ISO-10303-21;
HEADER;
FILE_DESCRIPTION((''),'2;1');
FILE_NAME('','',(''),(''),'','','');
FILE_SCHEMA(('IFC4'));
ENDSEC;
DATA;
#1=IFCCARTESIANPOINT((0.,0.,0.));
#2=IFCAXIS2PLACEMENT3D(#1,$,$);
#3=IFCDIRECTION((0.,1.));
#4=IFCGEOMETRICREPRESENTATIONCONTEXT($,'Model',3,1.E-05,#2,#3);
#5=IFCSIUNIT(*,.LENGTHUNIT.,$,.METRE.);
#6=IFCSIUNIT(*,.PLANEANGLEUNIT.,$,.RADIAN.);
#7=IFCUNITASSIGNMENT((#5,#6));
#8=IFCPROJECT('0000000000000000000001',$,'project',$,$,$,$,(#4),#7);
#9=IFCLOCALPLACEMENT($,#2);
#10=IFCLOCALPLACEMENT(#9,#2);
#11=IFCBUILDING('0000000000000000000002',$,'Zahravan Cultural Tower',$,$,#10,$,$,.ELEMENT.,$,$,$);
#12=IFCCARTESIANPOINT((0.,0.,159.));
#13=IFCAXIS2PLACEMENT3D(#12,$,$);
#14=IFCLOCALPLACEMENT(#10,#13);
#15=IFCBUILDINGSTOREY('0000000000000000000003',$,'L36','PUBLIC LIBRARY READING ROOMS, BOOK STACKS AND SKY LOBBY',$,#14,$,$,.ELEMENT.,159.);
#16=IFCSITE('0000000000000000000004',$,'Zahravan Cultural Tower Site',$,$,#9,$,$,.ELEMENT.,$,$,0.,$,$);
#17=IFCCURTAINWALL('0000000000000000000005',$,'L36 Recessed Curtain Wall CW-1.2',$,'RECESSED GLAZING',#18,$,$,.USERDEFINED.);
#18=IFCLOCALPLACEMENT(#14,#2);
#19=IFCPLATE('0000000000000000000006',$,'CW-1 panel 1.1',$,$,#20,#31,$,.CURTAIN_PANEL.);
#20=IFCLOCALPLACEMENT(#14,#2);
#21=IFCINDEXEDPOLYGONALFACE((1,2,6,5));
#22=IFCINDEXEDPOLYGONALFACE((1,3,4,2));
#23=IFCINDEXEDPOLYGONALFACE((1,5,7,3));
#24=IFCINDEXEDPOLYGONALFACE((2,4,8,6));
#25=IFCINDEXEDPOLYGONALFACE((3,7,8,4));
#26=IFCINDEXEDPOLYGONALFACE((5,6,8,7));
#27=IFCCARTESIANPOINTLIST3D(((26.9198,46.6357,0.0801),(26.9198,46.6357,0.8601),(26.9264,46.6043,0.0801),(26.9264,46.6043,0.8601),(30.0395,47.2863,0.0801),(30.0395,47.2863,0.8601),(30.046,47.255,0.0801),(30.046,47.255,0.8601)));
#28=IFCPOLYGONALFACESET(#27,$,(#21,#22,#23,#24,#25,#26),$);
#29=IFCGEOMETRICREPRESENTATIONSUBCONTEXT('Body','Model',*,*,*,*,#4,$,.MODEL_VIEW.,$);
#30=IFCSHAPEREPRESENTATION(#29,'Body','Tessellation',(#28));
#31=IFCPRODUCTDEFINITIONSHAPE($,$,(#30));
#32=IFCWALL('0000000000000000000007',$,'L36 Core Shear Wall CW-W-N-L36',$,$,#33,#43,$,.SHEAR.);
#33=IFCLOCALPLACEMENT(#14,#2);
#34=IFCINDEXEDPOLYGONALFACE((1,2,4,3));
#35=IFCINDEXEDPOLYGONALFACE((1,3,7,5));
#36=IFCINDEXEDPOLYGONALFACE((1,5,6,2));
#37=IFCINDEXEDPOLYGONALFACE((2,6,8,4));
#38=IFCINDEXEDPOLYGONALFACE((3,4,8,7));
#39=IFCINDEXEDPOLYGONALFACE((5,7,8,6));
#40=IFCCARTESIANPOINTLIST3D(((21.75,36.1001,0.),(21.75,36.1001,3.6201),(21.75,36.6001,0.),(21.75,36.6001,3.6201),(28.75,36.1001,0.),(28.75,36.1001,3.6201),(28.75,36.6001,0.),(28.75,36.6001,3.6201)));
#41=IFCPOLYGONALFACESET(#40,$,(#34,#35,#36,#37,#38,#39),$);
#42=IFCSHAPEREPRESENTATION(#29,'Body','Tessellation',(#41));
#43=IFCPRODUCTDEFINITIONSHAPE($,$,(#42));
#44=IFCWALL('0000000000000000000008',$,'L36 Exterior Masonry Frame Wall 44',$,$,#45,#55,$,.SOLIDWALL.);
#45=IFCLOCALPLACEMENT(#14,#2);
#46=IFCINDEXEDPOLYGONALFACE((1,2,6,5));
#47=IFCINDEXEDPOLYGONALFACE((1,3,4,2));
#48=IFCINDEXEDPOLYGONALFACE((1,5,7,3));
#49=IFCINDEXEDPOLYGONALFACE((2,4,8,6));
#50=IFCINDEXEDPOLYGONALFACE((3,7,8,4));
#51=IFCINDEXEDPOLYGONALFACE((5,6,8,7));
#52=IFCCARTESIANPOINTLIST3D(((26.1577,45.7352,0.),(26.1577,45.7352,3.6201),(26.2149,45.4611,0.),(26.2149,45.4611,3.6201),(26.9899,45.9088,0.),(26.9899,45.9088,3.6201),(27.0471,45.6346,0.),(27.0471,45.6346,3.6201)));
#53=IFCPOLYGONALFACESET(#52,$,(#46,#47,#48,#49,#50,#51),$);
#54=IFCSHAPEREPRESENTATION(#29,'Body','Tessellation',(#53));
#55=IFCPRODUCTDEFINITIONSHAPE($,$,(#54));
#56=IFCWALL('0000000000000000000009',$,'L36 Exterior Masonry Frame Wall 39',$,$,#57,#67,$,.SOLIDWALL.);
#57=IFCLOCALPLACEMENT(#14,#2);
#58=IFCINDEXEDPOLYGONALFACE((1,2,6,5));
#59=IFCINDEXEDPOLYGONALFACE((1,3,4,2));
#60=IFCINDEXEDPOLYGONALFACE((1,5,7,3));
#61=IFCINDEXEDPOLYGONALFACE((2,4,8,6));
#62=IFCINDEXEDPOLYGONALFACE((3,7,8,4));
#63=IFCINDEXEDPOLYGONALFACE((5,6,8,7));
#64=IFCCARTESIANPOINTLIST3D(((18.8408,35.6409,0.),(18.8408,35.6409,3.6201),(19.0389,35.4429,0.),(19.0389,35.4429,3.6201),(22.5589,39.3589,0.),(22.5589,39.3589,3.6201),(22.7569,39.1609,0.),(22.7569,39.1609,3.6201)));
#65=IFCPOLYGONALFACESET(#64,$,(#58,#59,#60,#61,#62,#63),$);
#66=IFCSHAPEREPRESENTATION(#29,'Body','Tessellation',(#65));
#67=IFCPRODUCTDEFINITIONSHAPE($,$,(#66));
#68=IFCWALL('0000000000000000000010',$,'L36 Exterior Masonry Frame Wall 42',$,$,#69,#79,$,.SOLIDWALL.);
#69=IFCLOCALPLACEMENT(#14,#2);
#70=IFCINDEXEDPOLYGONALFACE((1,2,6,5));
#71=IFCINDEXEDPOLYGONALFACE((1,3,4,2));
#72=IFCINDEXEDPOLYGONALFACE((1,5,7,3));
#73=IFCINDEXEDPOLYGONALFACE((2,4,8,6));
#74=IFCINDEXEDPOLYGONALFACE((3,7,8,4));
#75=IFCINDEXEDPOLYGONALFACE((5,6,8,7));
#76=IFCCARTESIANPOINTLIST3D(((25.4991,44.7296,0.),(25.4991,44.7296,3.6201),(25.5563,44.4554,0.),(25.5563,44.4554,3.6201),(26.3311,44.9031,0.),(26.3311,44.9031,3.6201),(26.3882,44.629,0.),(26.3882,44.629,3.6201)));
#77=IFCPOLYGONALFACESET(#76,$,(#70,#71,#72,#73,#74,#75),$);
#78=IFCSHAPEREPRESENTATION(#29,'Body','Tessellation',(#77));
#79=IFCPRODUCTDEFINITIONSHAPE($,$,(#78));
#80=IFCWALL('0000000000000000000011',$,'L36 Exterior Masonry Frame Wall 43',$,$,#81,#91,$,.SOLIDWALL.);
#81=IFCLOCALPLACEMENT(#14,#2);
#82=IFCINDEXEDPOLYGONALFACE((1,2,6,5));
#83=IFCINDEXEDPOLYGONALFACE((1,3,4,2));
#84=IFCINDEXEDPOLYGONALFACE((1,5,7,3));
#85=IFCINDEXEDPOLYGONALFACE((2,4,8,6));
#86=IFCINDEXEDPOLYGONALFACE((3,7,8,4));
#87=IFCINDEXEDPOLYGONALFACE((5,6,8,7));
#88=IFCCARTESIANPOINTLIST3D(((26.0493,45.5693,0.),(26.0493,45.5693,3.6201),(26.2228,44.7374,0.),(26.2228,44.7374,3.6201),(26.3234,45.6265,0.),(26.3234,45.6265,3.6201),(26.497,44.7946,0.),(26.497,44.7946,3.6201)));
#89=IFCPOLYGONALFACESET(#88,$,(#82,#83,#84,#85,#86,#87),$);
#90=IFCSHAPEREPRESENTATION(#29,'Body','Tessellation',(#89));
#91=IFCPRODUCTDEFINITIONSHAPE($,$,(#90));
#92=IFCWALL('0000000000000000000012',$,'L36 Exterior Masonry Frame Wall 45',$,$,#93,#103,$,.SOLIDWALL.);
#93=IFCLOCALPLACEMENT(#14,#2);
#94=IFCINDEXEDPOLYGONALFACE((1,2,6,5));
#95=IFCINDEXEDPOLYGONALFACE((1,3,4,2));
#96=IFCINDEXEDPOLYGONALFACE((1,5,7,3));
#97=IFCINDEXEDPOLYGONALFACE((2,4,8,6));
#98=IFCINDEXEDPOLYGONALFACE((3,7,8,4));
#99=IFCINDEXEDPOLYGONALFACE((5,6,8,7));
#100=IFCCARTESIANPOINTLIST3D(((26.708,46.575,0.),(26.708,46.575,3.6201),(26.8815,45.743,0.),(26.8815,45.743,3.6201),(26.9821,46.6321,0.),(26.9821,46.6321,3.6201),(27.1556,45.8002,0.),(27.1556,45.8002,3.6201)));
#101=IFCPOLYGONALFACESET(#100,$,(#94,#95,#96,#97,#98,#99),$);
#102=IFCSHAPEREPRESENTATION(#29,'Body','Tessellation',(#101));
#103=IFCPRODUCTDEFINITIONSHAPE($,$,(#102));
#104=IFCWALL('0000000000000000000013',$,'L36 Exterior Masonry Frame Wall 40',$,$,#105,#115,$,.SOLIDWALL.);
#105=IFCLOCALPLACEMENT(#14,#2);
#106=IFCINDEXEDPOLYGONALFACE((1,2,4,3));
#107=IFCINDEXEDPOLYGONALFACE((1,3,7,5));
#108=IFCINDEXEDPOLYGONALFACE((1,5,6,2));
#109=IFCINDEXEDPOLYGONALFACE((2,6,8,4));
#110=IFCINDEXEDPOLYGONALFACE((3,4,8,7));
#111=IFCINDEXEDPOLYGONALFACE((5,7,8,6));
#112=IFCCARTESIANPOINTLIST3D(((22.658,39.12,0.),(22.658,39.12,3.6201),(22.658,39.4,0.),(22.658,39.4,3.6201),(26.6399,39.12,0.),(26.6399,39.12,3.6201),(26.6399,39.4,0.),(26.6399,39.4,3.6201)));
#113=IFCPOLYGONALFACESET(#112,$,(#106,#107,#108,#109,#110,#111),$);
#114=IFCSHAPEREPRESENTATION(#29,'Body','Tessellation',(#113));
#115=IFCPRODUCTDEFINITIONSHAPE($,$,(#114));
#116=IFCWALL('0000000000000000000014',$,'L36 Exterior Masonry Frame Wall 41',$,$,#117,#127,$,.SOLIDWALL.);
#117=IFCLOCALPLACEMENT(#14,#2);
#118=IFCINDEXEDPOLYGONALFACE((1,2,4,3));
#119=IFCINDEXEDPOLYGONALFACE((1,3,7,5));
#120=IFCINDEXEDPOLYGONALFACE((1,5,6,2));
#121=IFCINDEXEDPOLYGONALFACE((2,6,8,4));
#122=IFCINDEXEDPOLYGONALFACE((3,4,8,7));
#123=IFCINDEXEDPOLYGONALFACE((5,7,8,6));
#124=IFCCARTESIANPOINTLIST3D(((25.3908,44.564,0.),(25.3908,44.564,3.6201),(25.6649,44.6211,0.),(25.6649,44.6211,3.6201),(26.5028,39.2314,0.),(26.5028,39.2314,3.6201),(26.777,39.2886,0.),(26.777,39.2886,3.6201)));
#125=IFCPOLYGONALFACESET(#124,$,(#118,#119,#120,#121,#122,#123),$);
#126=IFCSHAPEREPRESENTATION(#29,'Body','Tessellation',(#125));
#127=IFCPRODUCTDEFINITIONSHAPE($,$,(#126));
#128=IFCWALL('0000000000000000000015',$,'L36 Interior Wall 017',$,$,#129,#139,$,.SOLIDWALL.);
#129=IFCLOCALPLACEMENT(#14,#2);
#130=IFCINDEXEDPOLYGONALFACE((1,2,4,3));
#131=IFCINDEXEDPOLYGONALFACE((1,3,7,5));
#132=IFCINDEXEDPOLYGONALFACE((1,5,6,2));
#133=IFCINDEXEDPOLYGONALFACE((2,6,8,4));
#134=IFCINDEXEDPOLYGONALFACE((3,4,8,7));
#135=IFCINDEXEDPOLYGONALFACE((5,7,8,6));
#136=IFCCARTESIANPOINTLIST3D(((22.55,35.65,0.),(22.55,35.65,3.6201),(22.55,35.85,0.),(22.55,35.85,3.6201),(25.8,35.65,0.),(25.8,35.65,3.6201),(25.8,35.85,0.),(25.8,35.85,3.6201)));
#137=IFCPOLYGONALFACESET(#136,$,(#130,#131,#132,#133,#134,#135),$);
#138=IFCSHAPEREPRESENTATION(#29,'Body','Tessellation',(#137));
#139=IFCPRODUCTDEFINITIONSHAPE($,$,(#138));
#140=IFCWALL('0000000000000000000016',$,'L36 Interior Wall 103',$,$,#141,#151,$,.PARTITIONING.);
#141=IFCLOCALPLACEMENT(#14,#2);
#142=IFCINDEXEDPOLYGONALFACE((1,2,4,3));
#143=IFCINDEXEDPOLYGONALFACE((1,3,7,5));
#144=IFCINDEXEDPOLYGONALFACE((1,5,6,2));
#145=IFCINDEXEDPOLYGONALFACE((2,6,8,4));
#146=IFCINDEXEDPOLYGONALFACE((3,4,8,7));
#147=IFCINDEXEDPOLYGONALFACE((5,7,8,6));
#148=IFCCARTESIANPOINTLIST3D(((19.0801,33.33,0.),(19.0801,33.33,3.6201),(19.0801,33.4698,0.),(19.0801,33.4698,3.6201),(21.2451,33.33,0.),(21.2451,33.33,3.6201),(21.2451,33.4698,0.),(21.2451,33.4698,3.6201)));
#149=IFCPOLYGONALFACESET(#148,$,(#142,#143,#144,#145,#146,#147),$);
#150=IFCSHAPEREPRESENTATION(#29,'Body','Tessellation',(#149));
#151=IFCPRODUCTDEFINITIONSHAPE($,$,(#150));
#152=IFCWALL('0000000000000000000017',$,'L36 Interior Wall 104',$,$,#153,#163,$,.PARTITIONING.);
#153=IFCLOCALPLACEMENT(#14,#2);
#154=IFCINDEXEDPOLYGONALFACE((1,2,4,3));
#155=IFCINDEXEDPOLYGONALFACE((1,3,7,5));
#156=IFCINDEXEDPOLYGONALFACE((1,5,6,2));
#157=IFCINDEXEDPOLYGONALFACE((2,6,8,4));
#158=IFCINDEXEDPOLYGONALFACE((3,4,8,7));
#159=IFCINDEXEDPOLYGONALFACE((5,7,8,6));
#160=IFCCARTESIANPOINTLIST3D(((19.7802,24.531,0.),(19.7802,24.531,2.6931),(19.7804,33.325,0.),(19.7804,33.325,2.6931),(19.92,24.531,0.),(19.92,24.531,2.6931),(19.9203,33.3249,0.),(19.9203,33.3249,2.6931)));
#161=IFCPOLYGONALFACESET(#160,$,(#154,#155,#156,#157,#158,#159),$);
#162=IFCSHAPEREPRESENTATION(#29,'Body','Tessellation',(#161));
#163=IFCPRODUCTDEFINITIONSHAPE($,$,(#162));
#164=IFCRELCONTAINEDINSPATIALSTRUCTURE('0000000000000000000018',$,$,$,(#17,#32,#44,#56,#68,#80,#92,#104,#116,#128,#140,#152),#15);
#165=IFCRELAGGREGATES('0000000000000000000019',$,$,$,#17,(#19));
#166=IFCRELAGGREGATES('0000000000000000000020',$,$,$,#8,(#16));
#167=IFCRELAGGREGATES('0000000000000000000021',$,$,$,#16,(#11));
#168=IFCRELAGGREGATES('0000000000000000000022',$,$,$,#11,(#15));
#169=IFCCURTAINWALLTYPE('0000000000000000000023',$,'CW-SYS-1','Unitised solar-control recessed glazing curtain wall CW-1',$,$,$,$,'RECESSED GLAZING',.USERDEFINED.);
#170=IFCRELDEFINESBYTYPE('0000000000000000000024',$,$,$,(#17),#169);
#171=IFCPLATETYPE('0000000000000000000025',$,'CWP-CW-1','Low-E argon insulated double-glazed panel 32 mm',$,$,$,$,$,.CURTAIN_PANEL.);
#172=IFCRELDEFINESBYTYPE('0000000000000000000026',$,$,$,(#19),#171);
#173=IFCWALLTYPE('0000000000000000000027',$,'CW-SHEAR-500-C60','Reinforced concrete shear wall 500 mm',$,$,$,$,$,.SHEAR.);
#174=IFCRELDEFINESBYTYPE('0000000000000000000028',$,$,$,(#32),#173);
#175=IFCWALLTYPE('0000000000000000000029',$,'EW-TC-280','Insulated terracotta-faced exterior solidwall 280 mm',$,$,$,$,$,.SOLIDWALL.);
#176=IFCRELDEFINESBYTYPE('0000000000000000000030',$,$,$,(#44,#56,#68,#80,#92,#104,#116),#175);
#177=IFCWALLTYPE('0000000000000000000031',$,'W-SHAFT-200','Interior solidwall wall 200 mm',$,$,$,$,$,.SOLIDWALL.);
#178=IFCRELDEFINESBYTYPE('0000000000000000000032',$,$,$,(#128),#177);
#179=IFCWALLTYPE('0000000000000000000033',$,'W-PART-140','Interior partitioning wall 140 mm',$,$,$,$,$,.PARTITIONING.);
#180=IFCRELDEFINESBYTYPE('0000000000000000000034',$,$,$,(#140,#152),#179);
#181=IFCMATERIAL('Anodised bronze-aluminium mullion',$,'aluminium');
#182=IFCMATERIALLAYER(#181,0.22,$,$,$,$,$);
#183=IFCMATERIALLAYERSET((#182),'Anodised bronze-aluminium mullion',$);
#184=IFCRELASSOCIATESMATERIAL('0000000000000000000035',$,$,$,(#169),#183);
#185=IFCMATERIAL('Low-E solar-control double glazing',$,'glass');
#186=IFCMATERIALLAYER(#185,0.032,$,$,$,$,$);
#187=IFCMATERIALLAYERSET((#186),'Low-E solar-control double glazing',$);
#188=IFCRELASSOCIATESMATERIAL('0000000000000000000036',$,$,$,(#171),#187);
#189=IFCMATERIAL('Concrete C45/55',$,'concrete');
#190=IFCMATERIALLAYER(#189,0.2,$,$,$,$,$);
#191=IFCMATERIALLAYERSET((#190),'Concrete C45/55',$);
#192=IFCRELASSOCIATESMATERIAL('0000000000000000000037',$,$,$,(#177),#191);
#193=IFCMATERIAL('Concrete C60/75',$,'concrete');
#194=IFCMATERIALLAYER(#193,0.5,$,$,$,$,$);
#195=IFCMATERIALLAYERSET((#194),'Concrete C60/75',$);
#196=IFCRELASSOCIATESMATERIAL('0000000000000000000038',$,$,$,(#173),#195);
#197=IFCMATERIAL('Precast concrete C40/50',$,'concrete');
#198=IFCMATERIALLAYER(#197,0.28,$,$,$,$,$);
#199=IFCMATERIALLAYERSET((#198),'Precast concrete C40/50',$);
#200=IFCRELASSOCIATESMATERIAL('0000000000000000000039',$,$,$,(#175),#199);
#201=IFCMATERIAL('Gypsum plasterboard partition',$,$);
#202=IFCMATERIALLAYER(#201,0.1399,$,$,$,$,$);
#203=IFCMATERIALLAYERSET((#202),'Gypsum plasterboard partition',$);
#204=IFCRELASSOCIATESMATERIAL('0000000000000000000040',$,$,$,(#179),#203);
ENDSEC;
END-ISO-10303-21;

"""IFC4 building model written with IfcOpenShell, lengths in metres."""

from ifc_helpers import new_model, si_unit, direction, frame, frame_2d, origin, origin_2d, place, context, subcontext, project, spatial, rectangle, extrude, source, transform, mapped, material, layer, layer_set, type_object, element, aggregate, save


model = new_model("IFC4")

# Units and contexts
model_context = context("Model", 3, precision=1e-05, world=origin(), true_north=direction((0.0, 1.0)))
body_context = subcontext(model_context, "Body", "Model", "MODEL_VIEW")
ifc_project = project(units=[si_unit("LENGTHUNIT", "METRE"), si_unit("PLANEANGLEUNIT", "RADIAN")], contexts=[model_context])

# Site, building, storey
site_placement = place(None, origin())
site = spatial("IfcSite", under=ifc_project, at=site_placement, Name="Zahravan Cultural Tower Site", CompositionType="ELEMENT", RefElevation=0.0)
building_placement = place(site_placement, origin())
building = spatial("IfcBuilding", under=site, at=building_placement, Name="Zahravan Cultural Tower", CompositionType="ELEMENT")
storey_placement = place(building_placement, frame((0.0, 0.0, 159.0)))
storey = spatial("IfcBuildingStorey", under=building, at=storey_placement, Name="L36", Description="PUBLIC LIBRARY READING ROOMS, BOOK STACKS AND SKY LOBBY", CompositionType="ELEMENT", Elevation=159.0)

# Curtain wall, plate
ifc_material_1 = material(Name="Anodised bronze-aluminium mullion", Category="aluminium")
ifc_layer_1 = layer(ifc_material_1, 0.22)
ifc_layer_set_1 = layer_set([ifc_layer_1], Name="Anodised bronze-aluminium mullion")
curtain_wall_type = type_object("IfcCurtainWallType", Name="CW-SYS-1", Description="Unitised solar-control recessed glazing curtain wall CW-1", ElementType="RECESSED GLAZING", PredefinedType="USERDEFINED", material=ifc_layer_set_1)
curtain_wall_placement = place(storey_placement, origin())
curtain_wall = element("IfcCurtainWall", 1, at=curtain_wall_placement, inside=storey, type_object=curtain_wall_type, Name="L36 Recessed Curtain Wall CW-1.2", ObjectType="RECESSED GLAZING", PredefinedType="USERDEFINED")
ifc_material_2 = material(Name="Low-E solar-control double glazing", Category="glass")
ifc_layer_2 = layer(ifc_material_2, 0.032)
ifc_layer_set_2 = layer_set([ifc_layer_2], Name="Low-E solar-control double glazing")
plate_type = type_object("IfcPlateType", Name="CWP-CW-1", Description="Low-E argon insulated double-glazed panel 32 mm", PredefinedType="CURTAIN_PANEL", material=ifc_layer_set_2)
shared_shape_1 = source(origin(), body_context, "Body", "SweptSolid", [
    extrude(rectangle(XDim=3.1868, YDim=0.032, at=origin_2d()), origin(), (0.0, 0.0, 1.0), 0.78),
])
plate_placement = place(storey_placement, frame((28.4829, 46.9453, 0.0801), z_axis=(0.0, 0.0, 1.0), x_axis=(0.978937, 0.204162, 0.0)))
plate = element("IfcPlate", 2, at=plate_placement, type_object=plate_type, Name="CW-1 panel 1.1", PredefinedType="CURTAIN_PANEL", context=body_context, shape_type="MappedRepresentation", body=[
    mapped(shared_shape_1, transform((0.0, 0.0, 0.0), x_axis=(1.0, 0.0, 0.0), y_axis=(0.0, 1.0, 0.0), z_axis=(0.0, 0.0, 1.0), scale=1.0)),
])
aggregate(curtain_wall, [plate])

# Shared definitions
ifc_material_3 = material(Name="Concrete C45/55", Category="concrete")
ifc_layer_3 = layer(ifc_material_3, 0.2)
ifc_layer_set_3 = layer_set([ifc_layer_3], Name="Concrete C45/55")
wall_type_1 = type_object("IfcWallType", Name="W-SHAFT-200", Description="Interior solidwall wall 200 mm", PredefinedType="SOLIDWALL", material=ifc_layer_set_3)

# Walls
ifc_material_4 = material(Name="Concrete C60/75", Category="concrete")
ifc_layer_4 = layer(ifc_material_4, 0.5)
ifc_layer_set_4 = layer_set([ifc_layer_4], Name="Concrete C60/75")
wall_type_2 = type_object("IfcWallType", Name="CW-SHEAR-500-C60", Description="Reinforced concrete shear wall 500 mm", PredefinedType="SHEAR", material=ifc_layer_set_4)
shared_shape_2 = source(origin(), body_context, "Body", "SweptSolid", [
    extrude(rectangle(XDim=7.0, YDim=0.5, at=frame_2d((3.5, 0.0))), origin(), (0.0, 0.0, 1.0), 3.6201),
])
wall_1_placement = place(storey_placement, frame((21.75, 36.3501, 0.0), z_axis=(0.0, 0.0, 1.0), x_axis=(1.0, 0.0, 0.0)))
element("IfcWall", 3, at=wall_1_placement, inside=storey, type_object=wall_type_2, Name="L36 Core Shear Wall CW-W-N-L36", PredefinedType="SHEAR", context=body_context, shape_type="MappedRepresentation", body=[
    mapped(shared_shape_2, transform((0.0, 0.0, 0.0), x_axis=(1.0, 0.0, 0.0), y_axis=(0.0, 1.0, 0.0), z_axis=(0.0, 0.0, 1.0), scale=1.0)),
])
ifc_material_5 = material(Name="Precast concrete C40/50", Category="concrete")
ifc_layer_5 = layer(ifc_material_5, 0.28)
ifc_layer_set_5 = layer_set([ifc_layer_5], Name="Precast concrete C40/50")
wall_type_3 = type_object("IfcWallType", Name="EW-TC-280", Description="Insulated terracotta-faced exterior solidwall 280 mm", PredefinedType="SOLIDWALL", material=ifc_layer_set_5)
shared_shape_3 = source(origin(), body_context, "Body", "SweptSolid", [
    extrude(rectangle(XDim=0.8501, YDim=0.28, at=frame_2d((0.425, 0.0))), origin(), (0.0, 0.0, 1.0), 3.6201),
])
wall_2_placement = place(storey_placement, frame((26.1863, 45.5981, 0.0), z_axis=(0.0, 0.0, 1.0), x_axis=(0.978935, 0.204172, 0.0)))
element("IfcWall", 4, at=wall_2_placement, inside=storey, type_object=wall_type_3, Name="L36 Exterior Masonry Frame Wall 44", PredefinedType="SOLIDWALL", context=body_context, shape_type="MappedRepresentation", body=[
    mapped(shared_shape_3, transform((0.0, 0.0, 0.0), x_axis=(1.0, 0.0, 0.0), y_axis=(0.0, 1.0, 0.0), z_axis=(0.0, 0.0, 1.0), scale=1.0)),
])
shared_shape_4 = source(origin(), body_context, "Body", "SweptSolid", [
    extrude(rectangle(XDim=5.2581, YDim=0.28, at=frame_2d((2.6289, 0.0))), origin(), (0.0, 0.0, 1.0), 3.6201),
])
wall_3_placement = place(storey_placement, frame((18.9399, 35.542, 0.0), z_axis=(0.0, 0.0, 1.0), x_axis=(0.707107, 0.707107, 0.0)))
element("IfcWall", 5, at=wall_3_placement, inside=storey, type_object=wall_type_3, Name="L36 Exterior Masonry Frame Wall 39", PredefinedType="SOLIDWALL", context=body_context, shape_type="MappedRepresentation", body=[
    mapped(shared_shape_4, transform((0.0, 0.0, 0.0), x_axis=(1.0, 0.0, 0.0), y_axis=(0.0, 1.0, 0.0), z_axis=(0.0, 0.0, 1.0), scale=1.0)),
])
shared_shape_5 = source(origin(), body_context, "Body", "SweptSolid", [
    extrude(rectangle(XDim=0.8499, YDim=0.28, at=frame_2d((0.4248, 0.0))), origin(), (0.0, 0.0, 1.0), 3.6201),
])
for number, where, z_axis, x_axis, name in (
    (6, (25.5278, 44.5925, 0.0), (0.0, 0.0, 1.0), (0.978923, 0.20423, 0.0), "L36 Exterior Masonry Frame Wall 42"),
    (7, (26.3599, 44.7661, 0.0), (0.0, 0.0, 1.0), (-0.20423, 0.978923, 0.0), "L36 Exterior Masonry Frame Wall 43"),
    (8, (27.0186, 45.7717, 0.0), (0.0, 0.0, 1.0), (-0.20423, 0.978923, 0.0), "L36 Exterior Masonry Frame Wall 45"),
):
    element("IfcWall", number, at=place(storey_placement, frame(where, z_axis=z_axis, x_axis=x_axis)), inside=storey, type_object=wall_type_3, Name=name, PredefinedType="SOLIDWALL", context=body_context, shape_type="MappedRepresentation", body=[
        mapped(shared_shape_5, transform((0.0, 0.0, 0.0), x_axis=(1.0, 0.0, 0.0), y_axis=(0.0, 1.0, 0.0), z_axis=(0.0, 0.0, 1.0), scale=1.0)),
    ])
shared_shape_6 = source(origin(), body_context, "Body", "SweptSolid", [
    extrude(rectangle(XDim=3.9819, YDim=0.28, at=frame_2d((1.991, 0.0))), origin(), (0.0, 0.0, 1.0), 3.6201),
])
wall_4_placement = place(storey_placement, frame((22.658, 39.26, 0.0), z_axis=(0.0, 0.0, 1.0), x_axis=(1.0, 0.0, 0.0)))
element("IfcWall", 9, at=wall_4_placement, inside=storey, type_object=wall_type_3, Name="L36 Exterior Masonry Frame Wall 40", PredefinedType="SOLIDWALL", context=body_context, shape_type="MappedRepresentation", body=[
    mapped(shared_shape_6, transform((0.0, 0.0, 0.0), x_axis=(1.0, 0.0, 0.0), y_axis=(0.0, 1.0, 0.0), z_axis=(0.0, 0.0, 1.0), scale=1.0)),
])
shared_shape_7 = source(origin(), body_context, "Body", "SweptSolid", [
    extrude(rectangle(XDim=5.4473, YDim=0.28, at=frame_2d((2.7236, 0.0))), origin(), (0.0, 0.0, 1.0), 3.6201),
])
wall_5_placement = place(storey_placement, frame((26.6399, 39.26, 0.0), z_axis=(0.0, 0.0, 1.0), x_axis=(-0.204151, 0.978939, 0.0)))
element("IfcWall", 10, at=wall_5_placement, inside=storey, type_object=wall_type_3, Name="L36 Exterior Masonry Frame Wall 41", PredefinedType="SOLIDWALL", context=body_context, shape_type="MappedRepresentation", body=[
    mapped(shared_shape_7, transform((0.0, 0.0, 0.0), x_axis=(1.0, 0.0, 0.0), y_axis=(0.0, 1.0, 0.0), z_axis=(0.0, 0.0, 1.0), scale=1.0)),
])
shared_shape_8 = source(origin(), body_context, "Body", "SweptSolid", [
    extrude(rectangle(XDim=3.25, YDim=0.2, at=frame_2d((1.625, 0.0))), origin(), (0.0, 0.0, 1.0), 3.6201),
])
wall_6_placement = place(storey_placement, frame((22.55, 35.75, 0.0), z_axis=(0.0, 0.0, 1.0), x_axis=(1.0, 0.0, 0.0)))
element("IfcWall", 11, at=wall_6_placement, inside=storey, type_object=wall_type_1, Name="L36 Interior Wall 017", PredefinedType="SOLIDWALL", context=body_context, shape_type="MappedRepresentation", body=[
    mapped(shared_shape_8, transform((0.0, 0.0, 0.0), x_axis=(1.0, 0.0, 0.0), y_axis=(0.0, 1.0, 0.0), z_axis=(0.0, 0.0, 1.0), scale=1.0)),
])
ifc_material_6 = material(Name="Gypsum plasterboard partition")
ifc_layer_6 = layer(ifc_material_6, 0.1399)
ifc_layer_set_6 = layer_set([ifc_layer_6], Name="Gypsum plasterboard partition")
wall_type_4 = type_object("IfcWallType", Name="W-PART-140", Description="Interior partitioning wall 140 mm", PredefinedType="PARTITIONING", material=ifc_layer_set_6)
shared_shape_9 = source(origin(), body_context, "Body", "SweptSolid", [
    extrude(rectangle(XDim=2.165, YDim=0.1399, at=frame_2d((1.0825, 0.0))), origin(), (0.0, 0.0, 1.0), 3.6201),
])
wall_7_placement = place(storey_placement, frame((21.2451, 33.3999, 0.0), z_axis=(0.0, 0.0, 1.0), x_axis=(-1.0, 0.0, 0.0)))
element("IfcWall", 12, at=wall_7_placement, inside=storey, type_object=wall_type_4, Name="L36 Interior Wall 103", PredefinedType="PARTITIONING", context=body_context, shape_type="MappedRepresentation", body=[
    mapped(shared_shape_9, transform((0.0, 0.0, 0.0), x_axis=(1.0, 0.0, 0.0), y_axis=(0.0, 1.0, 0.0), z_axis=(0.0, 0.0, 1.0), scale=1.0)),
])
shared_shape_10 = source(origin(), body_context, "Body", "SweptSolid", [
    extrude(rectangle(XDim=8.7939, YDim=0.1399, at=frame_2d((4.397, 0.0))), origin(), (0.0, 0.0, 1.0), 2.6931),
])
wall_8_placement = place(storey_placement, frame((19.8503, 33.325, 0.0), z_axis=(0.0, 0.0, 1.0), x_axis=(-0.000028, -1.0, 0.0)))
element("IfcWall", 13, at=wall_8_placement, inside=storey, type_object=wall_type_4, Name="L36 Interior Wall 104", PredefinedType="PARTITIONING", context=body_context, shape_type="MappedRepresentation", body=[
    mapped(shared_shape_10, transform((0.0, 0.0, 0.0), x_axis=(1.0, 0.0, 0.0), y_axis=(0.0, 1.0, 0.0), z_axis=(0.0, 0.0, 1.0), scale=1.0)),
])

save(model, "model.ifc")
